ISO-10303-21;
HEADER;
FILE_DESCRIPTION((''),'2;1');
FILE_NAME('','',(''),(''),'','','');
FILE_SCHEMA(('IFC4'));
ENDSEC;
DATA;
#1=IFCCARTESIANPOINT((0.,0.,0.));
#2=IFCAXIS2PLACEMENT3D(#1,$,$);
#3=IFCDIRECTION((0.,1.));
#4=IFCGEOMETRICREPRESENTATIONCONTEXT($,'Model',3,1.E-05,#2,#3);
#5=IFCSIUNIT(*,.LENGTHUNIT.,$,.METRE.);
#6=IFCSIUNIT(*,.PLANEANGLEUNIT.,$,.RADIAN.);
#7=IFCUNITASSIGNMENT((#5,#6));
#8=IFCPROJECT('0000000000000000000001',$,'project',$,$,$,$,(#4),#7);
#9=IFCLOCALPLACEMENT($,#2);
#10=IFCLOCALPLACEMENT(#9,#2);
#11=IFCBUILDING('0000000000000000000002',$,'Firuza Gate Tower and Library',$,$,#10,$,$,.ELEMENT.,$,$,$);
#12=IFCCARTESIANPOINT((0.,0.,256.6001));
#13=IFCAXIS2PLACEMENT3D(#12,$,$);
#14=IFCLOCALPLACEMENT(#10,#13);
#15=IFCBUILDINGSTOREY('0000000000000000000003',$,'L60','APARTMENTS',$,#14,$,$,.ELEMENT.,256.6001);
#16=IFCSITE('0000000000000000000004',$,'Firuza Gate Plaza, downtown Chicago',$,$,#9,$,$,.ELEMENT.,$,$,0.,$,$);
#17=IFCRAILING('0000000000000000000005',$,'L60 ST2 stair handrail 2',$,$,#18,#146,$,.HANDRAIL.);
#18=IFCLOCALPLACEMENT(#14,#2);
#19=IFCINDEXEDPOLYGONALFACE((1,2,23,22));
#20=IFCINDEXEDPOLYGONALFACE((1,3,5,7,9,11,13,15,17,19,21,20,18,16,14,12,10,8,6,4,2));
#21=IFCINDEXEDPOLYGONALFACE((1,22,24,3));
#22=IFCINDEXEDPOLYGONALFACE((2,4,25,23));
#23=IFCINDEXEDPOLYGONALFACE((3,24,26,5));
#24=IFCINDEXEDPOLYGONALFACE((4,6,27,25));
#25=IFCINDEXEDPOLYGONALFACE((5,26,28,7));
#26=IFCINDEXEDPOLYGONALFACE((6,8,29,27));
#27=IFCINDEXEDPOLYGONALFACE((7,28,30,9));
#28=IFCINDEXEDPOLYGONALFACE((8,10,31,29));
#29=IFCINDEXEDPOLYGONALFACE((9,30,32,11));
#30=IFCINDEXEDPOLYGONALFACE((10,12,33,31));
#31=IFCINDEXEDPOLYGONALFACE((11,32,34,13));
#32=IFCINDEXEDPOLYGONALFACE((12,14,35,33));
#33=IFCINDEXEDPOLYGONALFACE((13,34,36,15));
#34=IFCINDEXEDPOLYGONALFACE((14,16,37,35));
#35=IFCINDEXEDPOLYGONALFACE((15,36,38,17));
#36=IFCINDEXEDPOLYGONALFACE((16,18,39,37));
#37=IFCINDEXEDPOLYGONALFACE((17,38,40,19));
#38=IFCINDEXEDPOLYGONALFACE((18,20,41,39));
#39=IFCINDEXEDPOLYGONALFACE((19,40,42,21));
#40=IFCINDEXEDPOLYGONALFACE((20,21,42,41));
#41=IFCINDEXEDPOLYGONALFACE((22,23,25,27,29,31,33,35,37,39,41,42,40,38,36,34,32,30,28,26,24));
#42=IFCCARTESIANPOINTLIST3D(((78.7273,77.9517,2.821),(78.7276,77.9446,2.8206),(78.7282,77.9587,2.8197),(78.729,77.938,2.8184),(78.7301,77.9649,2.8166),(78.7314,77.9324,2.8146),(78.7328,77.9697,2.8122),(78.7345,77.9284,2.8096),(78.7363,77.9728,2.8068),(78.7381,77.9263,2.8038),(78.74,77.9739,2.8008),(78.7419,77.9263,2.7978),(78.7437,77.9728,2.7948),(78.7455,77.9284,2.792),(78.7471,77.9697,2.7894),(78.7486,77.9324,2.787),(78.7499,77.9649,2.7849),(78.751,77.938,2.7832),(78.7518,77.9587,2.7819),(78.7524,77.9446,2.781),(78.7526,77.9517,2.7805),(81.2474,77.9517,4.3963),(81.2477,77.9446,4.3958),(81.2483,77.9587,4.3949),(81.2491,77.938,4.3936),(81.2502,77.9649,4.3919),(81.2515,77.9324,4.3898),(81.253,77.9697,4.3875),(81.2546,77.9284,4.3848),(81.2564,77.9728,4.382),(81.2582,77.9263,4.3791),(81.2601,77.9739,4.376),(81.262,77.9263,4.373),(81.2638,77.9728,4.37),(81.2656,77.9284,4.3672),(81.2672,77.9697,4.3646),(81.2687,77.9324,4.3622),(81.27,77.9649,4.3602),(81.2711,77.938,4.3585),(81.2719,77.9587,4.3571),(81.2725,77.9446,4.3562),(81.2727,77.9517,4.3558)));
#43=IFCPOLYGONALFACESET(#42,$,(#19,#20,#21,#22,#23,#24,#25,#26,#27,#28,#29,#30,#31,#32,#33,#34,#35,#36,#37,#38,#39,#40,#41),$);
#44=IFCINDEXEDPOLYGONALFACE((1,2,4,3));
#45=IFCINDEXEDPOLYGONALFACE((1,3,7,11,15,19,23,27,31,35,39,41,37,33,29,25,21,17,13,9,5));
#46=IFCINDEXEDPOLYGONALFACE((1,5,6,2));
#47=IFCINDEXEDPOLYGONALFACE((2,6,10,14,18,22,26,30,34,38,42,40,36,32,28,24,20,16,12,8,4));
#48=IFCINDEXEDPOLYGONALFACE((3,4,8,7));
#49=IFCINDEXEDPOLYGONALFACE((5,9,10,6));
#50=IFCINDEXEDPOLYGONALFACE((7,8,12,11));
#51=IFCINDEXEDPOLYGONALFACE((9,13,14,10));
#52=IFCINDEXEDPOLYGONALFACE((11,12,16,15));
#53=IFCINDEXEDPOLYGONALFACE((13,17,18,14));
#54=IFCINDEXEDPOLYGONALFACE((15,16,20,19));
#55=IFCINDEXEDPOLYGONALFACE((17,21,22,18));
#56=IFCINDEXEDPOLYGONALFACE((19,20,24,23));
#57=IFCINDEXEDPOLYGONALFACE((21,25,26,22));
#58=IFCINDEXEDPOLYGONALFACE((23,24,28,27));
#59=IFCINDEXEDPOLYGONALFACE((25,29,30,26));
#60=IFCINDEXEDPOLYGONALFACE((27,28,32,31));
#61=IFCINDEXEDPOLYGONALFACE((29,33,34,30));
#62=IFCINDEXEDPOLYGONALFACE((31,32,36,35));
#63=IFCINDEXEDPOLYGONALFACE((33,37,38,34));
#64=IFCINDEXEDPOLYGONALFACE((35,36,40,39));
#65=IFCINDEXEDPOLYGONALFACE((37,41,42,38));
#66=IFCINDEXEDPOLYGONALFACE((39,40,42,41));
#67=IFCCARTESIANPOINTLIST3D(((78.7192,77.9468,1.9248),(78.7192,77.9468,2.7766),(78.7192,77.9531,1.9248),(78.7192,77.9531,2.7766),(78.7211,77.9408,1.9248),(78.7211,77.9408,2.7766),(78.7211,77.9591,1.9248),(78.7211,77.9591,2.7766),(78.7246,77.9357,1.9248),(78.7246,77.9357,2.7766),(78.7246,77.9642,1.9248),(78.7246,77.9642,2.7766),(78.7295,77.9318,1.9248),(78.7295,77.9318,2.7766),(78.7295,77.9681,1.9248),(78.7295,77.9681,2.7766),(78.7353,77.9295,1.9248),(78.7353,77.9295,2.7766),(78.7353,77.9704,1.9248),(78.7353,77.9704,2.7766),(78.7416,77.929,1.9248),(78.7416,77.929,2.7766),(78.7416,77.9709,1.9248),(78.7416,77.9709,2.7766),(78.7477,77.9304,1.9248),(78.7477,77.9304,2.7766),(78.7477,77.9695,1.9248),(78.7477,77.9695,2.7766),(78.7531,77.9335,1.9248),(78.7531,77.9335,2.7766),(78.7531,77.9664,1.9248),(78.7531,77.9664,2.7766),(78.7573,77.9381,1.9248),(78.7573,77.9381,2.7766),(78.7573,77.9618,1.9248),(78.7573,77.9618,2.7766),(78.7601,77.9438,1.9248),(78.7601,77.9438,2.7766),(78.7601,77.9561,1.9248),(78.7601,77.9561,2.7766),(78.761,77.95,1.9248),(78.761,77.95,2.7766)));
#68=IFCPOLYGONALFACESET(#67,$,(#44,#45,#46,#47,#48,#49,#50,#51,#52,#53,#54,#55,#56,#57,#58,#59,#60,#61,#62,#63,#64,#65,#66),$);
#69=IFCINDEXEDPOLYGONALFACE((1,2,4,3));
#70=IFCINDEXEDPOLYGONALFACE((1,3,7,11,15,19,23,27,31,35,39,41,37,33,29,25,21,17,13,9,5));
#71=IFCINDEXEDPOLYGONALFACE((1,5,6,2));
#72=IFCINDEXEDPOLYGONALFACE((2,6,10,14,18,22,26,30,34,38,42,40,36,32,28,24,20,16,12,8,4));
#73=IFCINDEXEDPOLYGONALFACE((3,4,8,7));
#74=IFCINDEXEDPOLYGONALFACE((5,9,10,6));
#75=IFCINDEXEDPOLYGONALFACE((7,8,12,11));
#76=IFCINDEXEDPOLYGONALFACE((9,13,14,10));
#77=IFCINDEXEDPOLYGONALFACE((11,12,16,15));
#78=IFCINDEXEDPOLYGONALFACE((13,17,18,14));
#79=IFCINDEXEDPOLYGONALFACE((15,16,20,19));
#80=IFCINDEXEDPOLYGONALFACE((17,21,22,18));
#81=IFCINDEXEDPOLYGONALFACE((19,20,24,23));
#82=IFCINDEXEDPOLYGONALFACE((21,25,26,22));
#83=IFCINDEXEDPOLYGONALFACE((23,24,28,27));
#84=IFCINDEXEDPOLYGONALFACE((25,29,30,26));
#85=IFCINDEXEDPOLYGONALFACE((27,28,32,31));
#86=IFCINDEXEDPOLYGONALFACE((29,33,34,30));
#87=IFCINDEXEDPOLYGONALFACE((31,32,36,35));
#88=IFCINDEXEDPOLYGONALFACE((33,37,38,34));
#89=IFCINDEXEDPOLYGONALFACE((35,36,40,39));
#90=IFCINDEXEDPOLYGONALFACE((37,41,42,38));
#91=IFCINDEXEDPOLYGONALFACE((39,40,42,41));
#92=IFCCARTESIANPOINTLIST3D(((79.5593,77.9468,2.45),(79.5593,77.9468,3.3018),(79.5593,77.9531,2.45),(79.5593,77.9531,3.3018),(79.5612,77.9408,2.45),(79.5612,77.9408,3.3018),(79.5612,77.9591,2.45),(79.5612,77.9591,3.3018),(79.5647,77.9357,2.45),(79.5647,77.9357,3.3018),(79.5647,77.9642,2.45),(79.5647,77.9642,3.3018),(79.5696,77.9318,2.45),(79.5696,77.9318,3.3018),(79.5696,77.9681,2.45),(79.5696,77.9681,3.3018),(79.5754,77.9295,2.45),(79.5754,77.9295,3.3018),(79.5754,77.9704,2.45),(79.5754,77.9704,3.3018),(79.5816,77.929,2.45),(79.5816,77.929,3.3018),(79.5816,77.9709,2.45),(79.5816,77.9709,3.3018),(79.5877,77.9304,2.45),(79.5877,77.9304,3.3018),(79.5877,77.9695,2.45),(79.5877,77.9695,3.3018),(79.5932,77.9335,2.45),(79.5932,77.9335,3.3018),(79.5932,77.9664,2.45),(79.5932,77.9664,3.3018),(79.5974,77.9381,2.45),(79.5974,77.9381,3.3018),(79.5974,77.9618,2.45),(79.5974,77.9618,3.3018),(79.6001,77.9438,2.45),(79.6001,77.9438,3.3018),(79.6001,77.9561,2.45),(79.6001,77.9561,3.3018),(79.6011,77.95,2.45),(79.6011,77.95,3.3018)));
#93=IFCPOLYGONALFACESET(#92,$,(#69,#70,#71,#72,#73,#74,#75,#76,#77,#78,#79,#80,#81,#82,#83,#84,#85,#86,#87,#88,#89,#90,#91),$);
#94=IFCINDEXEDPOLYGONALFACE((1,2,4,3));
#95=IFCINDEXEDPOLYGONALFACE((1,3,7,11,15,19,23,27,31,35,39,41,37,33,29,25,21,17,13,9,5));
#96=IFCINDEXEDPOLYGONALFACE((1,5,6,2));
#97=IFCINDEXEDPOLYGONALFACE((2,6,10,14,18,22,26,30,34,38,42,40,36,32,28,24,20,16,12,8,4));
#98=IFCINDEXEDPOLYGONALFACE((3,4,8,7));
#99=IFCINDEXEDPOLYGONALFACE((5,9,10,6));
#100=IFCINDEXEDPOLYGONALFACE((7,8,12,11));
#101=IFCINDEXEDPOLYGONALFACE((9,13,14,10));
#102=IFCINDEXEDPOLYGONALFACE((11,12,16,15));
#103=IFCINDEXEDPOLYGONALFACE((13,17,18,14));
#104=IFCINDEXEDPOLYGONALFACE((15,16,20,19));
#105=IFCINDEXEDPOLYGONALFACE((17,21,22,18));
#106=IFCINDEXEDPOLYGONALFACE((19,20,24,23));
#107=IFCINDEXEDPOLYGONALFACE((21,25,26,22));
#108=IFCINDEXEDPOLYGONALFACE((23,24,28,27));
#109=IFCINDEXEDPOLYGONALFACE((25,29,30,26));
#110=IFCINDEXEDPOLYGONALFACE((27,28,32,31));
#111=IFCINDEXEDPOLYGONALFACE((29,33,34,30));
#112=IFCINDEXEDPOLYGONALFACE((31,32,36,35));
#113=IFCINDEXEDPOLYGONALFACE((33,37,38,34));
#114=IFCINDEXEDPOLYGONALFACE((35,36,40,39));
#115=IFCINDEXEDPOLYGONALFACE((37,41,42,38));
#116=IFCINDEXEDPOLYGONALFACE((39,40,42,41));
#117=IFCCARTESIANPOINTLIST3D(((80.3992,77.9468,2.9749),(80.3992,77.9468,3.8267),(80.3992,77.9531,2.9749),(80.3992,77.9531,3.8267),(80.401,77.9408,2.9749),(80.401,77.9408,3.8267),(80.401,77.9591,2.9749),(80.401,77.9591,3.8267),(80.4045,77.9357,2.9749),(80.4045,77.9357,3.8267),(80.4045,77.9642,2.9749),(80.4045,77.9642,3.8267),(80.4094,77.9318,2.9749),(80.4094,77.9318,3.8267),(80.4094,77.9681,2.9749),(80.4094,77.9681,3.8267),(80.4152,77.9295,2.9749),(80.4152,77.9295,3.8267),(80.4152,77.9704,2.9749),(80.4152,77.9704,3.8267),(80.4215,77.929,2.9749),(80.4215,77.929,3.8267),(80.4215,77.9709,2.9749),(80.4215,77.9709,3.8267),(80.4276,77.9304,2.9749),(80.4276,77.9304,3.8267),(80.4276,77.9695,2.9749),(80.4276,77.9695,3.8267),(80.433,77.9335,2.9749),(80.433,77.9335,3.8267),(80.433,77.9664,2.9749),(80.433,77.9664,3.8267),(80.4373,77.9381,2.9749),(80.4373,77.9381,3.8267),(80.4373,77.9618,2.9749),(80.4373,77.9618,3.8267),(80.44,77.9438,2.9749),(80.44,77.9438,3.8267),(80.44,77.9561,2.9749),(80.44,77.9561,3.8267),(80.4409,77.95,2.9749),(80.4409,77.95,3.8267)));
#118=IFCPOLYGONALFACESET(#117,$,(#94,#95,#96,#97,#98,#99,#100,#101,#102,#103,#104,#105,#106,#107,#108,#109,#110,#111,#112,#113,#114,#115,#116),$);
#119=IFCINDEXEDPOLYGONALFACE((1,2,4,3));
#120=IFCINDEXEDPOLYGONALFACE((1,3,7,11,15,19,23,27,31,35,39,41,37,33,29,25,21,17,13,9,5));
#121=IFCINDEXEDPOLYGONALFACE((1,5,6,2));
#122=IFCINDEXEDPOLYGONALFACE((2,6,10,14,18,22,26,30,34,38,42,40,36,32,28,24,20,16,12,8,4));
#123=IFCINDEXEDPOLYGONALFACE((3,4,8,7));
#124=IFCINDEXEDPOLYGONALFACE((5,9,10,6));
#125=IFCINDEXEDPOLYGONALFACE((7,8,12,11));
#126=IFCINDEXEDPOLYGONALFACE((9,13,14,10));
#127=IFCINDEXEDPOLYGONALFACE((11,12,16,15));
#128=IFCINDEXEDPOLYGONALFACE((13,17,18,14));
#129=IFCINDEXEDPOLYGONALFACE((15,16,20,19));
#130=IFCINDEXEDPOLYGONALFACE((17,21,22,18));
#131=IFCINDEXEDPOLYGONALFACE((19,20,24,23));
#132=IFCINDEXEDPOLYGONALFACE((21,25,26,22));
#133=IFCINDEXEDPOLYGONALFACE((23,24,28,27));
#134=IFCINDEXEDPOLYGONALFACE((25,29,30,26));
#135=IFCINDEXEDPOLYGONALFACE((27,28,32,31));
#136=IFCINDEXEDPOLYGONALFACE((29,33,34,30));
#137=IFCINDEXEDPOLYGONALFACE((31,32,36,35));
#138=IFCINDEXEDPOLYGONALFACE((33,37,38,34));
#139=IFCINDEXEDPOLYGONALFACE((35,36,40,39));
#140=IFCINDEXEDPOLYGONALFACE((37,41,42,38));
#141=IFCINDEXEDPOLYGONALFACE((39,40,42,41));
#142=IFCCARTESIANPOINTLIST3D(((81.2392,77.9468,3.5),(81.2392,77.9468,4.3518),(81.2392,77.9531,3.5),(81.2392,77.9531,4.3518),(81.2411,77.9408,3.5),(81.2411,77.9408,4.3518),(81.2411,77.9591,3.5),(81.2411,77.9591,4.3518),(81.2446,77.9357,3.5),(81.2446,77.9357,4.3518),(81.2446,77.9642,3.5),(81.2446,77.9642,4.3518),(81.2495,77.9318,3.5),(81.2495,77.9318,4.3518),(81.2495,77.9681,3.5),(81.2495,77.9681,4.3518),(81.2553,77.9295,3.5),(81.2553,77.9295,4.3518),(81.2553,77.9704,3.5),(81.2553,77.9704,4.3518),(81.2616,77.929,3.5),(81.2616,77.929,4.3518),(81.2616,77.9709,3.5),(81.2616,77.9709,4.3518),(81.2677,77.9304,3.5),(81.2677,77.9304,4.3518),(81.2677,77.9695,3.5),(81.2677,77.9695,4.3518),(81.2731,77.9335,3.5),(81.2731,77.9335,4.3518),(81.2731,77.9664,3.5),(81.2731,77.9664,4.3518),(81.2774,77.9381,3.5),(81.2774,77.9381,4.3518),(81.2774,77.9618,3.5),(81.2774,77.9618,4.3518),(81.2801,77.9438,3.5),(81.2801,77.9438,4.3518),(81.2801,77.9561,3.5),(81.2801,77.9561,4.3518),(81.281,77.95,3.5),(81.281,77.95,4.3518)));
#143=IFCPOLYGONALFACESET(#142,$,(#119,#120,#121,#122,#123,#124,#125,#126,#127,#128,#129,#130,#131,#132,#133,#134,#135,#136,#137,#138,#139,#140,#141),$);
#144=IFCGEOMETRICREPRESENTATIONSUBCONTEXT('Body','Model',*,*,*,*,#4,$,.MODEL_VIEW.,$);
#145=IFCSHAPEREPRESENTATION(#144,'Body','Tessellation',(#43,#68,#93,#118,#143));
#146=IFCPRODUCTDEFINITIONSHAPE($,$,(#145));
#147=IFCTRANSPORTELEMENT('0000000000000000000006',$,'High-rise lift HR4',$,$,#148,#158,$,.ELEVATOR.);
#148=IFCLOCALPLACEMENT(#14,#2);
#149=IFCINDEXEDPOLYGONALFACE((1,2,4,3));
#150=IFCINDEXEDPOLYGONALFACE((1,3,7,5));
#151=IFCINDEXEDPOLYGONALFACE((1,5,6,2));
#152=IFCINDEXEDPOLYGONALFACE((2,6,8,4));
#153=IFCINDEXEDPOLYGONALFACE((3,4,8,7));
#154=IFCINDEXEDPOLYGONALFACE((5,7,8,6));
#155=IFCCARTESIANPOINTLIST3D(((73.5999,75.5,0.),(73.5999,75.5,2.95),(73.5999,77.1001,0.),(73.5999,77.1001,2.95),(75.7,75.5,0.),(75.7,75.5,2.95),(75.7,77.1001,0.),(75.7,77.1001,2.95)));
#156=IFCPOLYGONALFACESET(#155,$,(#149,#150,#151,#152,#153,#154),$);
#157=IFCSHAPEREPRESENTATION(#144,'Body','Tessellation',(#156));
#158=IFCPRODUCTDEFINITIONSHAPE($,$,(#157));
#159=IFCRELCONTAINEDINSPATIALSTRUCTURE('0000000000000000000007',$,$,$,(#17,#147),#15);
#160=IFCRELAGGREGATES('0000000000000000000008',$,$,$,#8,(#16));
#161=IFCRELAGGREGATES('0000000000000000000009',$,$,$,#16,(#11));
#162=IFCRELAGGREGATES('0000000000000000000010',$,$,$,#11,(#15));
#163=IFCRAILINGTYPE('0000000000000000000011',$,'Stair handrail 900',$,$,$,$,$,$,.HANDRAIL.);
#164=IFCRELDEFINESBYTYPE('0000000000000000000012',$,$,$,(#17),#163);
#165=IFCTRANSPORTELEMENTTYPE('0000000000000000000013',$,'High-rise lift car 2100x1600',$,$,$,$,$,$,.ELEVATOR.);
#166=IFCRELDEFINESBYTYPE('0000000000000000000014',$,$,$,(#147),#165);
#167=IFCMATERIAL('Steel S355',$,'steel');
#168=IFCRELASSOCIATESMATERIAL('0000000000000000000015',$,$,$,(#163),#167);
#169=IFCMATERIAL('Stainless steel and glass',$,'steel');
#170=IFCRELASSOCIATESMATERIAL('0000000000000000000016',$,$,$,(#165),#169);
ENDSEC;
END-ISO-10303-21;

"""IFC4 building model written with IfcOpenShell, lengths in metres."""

from ifc_helpers import new_model, si_unit, direction, frame, origin, origin_2d, place, context, subcontext, project, spatial, rectangle, circle, extrude, material, type_object, element, save


model = new_model("IFC4")

# Units and contexts
model_context = context("Model", 3, precision=1e-05, world=origin(), true_north=direction((0.0, 1.0)))
body_context = subcontext(model_context, "Body", "Model", "MODEL_VIEW")
ifc_project = project(units=[si_unit("LENGTHUNIT", "METRE"), si_unit("PLANEANGLEUNIT", "RADIAN")], contexts=[model_context])

# Site, building, storey
site_placement = place(None, origin())
site = spatial("IfcSite", under=ifc_project, at=site_placement, Name="Firuza Gate Plaza, downtown Chicago", CompositionType="ELEMENT", RefElevation=0.0)
building_placement = place(site_placement, origin())
building = spatial("IfcBuilding", under=site, at=building_placement, Name="Firuza Gate Tower and Library", CompositionType="ELEMENT")
storey_placement = place(building_placement, frame((0.0, 0.0, 256.6001)))
storey = spatial("IfcBuildingStorey", under=building, at=storey_placement, Name="L60", Description="APARTMENTS", CompositionType="ELEMENT", Elevation=256.6001)

# Railing
ifc_material_1 = material(Name="Steel S355", Category="steel")
railing_type_1 = type_object("IfcRailingType", Name="Stair handrail 900", PredefinedType="HANDRAIL", material=ifc_material_1)
railing_1_placement = place(storey_placement, frame((78.74, 77.95, 1.9248)))
element("IfcRailing", 1, at=railing_1_placement, inside=storey, type_object=railing_type_1, Name="L60 ST2 stair handrail 2", PredefinedType="HANDRAIL", context=body_context, shape_type="SweptSolid", body=[
    extrude(circle(Radius=0.0239, at=origin_2d()), frame((0.0, 0.0, 0.876), z_axis=(0.847971, 0.0, 0.530043), x_axis=(0.0, 1.0, 0.0)), (0.0, 0.0, 1.0), 2.9719),
    extrude(circle(Radius=0.021, at=origin_2d()), origin(), (0.0, 0.0, 1.0), 0.8518),
    extrude(circle(Radius=0.021, at=origin_2d()), frame((0.8401, 0.0, 0.5251)), (0.0, 0.0, 1.0), 0.8518),
    extrude(circle(Radius=0.021, at=origin_2d()), frame((1.6799, 0.0, 1.05)), (0.0, 0.0, 1.0), 0.8518),
    extrude(circle(Radius=0.021, at=origin_2d()), frame((2.52, 0.0, 1.5752)), (0.0, 0.0, 1.0), 0.8518),
])

# Transport element
ifc_material_2 = material(Name="Stainless steel and glass", Category="steel")
transport_element_type = type_object("IfcTransportElementType", Name="High-rise lift car 2100x1600", PredefinedType="ELEVATOR", material=ifc_material_2)
transport_element_placement = place(storey_placement, frame((74.6499, 76.3, 0.0), z_axis=(0.0, 0.0, 1.0), x_axis=(1.0, 0.0, 0.0)))
element("IfcTransportElement", 2, at=transport_element_placement, inside=storey, type_object=transport_element_type, Name="High-rise lift HR4", PredefinedType="ELEVATOR", context=body_context, shape_type="SweptSolid", body=[
    extrude(rectangle(XDim=2.1001, YDim=1.6001, at=origin_2d()), origin(), (0.0, 0.0, 1.0), 2.95),
])

save(model, "model.ifc")
